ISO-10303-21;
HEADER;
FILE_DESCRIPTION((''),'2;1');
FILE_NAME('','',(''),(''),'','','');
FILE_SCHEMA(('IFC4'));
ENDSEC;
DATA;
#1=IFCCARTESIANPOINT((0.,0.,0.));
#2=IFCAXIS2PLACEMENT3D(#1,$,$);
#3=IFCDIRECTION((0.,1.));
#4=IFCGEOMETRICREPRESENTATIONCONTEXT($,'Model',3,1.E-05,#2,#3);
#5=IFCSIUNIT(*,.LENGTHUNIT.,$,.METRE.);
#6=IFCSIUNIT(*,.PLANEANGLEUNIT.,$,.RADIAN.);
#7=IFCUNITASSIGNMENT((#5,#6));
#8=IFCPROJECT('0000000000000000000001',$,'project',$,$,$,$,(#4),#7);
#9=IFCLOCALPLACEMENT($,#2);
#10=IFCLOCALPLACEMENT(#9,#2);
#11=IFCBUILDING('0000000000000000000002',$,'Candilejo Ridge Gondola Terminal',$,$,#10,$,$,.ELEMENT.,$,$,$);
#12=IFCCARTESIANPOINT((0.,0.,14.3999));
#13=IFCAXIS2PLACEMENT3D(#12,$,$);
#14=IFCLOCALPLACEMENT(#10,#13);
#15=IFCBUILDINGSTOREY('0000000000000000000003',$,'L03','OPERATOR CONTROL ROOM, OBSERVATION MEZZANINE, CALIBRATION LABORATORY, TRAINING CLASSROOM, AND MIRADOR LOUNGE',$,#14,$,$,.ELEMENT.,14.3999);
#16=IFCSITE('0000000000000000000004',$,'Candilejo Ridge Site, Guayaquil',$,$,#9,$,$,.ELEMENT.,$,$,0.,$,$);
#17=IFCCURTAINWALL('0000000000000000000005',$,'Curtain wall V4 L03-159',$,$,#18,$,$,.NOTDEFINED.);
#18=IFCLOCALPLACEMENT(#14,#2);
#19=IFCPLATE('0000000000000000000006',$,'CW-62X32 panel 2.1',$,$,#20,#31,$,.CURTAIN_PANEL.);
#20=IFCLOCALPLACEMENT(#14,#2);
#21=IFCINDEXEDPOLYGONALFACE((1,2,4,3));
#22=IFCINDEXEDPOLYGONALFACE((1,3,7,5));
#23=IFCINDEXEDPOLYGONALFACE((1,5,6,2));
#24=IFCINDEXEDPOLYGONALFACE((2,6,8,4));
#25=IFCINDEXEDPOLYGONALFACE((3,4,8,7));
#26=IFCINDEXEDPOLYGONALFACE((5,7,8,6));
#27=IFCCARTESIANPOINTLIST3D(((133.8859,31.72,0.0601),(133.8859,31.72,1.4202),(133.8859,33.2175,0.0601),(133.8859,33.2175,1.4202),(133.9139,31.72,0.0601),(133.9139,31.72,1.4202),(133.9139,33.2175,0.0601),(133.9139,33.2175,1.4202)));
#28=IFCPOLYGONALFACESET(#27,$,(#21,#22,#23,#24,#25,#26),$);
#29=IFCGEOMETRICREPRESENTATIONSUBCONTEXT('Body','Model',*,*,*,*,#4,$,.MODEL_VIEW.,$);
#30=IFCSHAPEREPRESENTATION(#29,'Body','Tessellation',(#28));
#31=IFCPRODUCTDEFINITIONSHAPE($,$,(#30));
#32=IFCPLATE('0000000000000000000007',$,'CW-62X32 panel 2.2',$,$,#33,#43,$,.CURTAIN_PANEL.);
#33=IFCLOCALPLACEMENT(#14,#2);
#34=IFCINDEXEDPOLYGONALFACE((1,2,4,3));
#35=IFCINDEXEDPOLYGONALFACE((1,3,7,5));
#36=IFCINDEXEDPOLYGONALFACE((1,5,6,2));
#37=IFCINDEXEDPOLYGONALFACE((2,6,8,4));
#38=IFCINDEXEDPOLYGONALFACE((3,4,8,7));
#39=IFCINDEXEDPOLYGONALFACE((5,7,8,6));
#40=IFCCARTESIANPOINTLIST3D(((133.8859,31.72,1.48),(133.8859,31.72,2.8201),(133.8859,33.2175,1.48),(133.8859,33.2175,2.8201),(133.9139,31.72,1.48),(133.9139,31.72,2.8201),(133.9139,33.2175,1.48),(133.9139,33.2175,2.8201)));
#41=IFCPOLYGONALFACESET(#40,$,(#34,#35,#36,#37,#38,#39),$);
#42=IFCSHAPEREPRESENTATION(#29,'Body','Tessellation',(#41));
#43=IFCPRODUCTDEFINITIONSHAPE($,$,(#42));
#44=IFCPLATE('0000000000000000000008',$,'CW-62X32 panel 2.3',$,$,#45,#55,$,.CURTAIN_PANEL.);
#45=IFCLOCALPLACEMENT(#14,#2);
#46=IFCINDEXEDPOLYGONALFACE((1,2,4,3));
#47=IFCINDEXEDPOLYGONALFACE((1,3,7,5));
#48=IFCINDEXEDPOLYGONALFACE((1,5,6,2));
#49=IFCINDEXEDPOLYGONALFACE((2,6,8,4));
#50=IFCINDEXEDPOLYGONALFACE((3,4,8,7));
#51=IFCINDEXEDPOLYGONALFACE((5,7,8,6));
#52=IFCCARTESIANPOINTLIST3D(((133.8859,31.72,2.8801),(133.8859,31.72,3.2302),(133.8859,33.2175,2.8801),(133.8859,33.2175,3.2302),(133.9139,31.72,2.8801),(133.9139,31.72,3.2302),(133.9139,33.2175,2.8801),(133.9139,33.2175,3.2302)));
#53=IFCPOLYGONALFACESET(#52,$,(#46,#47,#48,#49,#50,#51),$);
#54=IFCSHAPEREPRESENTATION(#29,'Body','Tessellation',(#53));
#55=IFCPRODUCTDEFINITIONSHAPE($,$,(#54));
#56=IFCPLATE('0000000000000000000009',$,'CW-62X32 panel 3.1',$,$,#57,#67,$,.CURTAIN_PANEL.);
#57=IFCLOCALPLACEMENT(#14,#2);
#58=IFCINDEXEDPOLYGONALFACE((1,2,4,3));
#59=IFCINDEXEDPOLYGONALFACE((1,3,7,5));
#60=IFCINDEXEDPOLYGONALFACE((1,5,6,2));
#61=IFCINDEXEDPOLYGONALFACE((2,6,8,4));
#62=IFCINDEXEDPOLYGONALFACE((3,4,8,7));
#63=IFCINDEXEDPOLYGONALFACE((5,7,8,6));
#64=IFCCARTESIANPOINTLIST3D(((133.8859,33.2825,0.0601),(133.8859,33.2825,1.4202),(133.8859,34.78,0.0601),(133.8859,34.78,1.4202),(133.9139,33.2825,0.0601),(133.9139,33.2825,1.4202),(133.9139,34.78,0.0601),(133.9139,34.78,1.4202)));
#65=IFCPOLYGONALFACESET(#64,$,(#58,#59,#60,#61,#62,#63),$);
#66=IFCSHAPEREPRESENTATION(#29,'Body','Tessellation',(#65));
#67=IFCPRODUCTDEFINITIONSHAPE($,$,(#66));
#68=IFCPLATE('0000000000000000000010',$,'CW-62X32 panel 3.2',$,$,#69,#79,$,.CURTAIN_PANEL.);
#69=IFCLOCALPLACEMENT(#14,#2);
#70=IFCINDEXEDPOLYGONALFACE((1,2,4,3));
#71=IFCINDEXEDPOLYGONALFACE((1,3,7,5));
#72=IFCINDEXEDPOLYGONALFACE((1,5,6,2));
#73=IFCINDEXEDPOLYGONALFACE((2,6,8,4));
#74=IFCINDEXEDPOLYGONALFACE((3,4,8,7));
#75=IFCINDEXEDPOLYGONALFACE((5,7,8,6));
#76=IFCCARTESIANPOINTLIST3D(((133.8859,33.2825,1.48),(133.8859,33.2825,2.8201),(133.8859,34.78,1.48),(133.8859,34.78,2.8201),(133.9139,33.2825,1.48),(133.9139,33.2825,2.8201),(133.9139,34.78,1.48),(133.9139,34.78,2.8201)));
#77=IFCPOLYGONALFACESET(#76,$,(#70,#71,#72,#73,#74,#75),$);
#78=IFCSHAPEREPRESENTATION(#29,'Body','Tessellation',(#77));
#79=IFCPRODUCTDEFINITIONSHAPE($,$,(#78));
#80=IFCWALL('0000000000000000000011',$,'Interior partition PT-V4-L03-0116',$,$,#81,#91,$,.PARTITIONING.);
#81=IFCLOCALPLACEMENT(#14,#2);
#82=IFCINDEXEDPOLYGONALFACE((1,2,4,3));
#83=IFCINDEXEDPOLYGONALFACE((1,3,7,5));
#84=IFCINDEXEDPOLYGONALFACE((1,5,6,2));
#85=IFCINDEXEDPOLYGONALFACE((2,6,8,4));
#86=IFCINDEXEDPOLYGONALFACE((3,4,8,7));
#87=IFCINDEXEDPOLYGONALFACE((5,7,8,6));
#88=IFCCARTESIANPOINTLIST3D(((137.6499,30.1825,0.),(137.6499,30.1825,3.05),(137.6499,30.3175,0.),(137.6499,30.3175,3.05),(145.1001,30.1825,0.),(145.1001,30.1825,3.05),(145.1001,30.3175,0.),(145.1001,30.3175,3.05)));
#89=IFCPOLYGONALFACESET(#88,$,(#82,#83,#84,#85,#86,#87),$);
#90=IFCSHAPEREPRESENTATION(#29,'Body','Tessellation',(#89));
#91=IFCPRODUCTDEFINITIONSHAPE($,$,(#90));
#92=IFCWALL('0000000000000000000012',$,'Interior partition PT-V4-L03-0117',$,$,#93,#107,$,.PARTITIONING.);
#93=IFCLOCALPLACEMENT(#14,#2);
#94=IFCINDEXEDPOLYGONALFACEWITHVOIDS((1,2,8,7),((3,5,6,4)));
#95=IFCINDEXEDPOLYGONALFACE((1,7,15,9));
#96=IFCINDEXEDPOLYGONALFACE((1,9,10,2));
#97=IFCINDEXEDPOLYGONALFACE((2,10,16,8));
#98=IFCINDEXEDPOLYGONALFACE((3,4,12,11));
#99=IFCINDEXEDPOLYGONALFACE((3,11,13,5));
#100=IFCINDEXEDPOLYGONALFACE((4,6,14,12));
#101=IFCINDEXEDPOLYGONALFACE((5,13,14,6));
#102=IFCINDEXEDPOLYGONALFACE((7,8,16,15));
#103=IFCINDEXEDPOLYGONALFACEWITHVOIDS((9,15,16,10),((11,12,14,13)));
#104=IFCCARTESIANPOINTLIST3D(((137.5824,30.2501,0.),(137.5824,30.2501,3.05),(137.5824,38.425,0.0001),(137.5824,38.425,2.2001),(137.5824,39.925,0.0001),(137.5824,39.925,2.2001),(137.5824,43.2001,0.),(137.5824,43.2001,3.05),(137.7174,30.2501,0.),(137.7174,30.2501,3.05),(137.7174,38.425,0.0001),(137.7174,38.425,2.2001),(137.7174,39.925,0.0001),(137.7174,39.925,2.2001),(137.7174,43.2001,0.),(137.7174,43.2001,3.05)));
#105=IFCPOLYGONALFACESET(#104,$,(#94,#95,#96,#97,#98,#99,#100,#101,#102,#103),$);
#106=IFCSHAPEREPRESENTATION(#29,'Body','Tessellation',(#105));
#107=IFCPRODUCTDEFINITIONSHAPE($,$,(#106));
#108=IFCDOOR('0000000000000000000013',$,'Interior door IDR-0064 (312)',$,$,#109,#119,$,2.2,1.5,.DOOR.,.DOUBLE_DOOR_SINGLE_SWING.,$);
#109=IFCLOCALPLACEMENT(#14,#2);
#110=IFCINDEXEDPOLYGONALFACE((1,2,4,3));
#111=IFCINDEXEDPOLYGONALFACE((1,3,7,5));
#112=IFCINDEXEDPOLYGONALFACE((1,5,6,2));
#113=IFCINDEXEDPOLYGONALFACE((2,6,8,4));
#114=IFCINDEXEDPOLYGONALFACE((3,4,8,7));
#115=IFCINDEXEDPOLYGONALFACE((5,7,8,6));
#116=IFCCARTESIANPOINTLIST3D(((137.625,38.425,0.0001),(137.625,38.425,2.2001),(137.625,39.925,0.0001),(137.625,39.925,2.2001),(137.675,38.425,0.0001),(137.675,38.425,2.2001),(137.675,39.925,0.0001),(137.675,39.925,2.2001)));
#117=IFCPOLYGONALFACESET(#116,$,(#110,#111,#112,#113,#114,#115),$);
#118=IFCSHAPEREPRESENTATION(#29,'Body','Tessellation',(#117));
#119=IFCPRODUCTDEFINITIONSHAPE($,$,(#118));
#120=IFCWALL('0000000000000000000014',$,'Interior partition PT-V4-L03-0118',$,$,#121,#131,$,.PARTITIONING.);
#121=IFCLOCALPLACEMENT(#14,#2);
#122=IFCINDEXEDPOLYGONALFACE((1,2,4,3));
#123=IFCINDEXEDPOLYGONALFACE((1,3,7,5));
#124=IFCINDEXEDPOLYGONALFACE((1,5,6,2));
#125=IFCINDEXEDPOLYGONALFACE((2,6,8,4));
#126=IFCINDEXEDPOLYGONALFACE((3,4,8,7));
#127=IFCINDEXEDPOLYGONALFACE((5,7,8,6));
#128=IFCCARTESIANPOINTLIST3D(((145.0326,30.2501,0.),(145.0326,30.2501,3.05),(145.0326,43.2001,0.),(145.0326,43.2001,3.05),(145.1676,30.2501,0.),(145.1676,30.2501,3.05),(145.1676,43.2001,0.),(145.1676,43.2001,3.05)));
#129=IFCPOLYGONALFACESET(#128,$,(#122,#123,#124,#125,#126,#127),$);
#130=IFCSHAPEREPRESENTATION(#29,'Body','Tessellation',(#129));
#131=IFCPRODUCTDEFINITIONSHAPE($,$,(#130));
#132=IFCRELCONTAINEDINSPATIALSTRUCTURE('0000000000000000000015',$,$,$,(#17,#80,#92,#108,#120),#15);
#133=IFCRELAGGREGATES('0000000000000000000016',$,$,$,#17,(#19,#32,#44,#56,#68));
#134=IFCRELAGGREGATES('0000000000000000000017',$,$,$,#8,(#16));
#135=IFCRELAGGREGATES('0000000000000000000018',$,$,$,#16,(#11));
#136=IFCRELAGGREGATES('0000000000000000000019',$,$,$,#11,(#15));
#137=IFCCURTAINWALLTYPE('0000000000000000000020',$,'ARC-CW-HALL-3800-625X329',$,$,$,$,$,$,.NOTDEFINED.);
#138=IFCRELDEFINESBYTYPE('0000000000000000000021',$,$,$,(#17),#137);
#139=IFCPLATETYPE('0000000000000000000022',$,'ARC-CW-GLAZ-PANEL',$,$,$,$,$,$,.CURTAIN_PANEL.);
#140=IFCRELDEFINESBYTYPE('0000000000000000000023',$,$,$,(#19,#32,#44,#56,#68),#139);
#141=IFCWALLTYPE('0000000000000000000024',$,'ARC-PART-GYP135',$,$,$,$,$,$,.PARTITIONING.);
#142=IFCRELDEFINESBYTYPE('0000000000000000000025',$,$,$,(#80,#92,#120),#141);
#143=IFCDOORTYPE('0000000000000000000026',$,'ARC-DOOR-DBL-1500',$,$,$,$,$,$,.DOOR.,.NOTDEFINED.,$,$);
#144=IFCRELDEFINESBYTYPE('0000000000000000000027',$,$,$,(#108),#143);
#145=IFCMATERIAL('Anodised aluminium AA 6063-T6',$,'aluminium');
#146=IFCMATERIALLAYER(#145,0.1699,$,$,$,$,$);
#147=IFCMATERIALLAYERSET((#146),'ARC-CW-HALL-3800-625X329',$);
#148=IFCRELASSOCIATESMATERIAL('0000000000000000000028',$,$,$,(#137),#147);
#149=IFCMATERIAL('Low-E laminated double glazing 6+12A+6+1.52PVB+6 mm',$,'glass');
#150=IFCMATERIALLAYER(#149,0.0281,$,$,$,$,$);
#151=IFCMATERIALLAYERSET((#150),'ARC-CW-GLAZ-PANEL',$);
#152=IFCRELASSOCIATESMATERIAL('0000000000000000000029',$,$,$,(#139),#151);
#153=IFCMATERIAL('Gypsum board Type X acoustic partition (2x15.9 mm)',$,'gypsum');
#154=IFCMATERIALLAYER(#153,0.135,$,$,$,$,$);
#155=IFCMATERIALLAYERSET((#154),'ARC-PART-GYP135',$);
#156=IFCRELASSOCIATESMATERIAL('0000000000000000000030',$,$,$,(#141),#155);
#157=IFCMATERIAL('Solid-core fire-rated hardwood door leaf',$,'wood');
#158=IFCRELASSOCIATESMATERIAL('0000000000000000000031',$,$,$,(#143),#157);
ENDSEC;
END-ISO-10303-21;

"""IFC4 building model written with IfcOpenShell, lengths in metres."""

from ifc_helpers import new_model, si_unit, direction, frame, frame_2d, origin, origin_2d, place, context, subcontext, project, spatial, rectangle, extrude, material, layer, layer_set, type_object, element, fill, aggregate, save


model = new_model("IFC4")

# Units and contexts
model_context = context("Model", 3, precision=1e-05, world=origin(), true_north=direction((0.0, 1.0)))
body_context = subcontext(model_context, "Body", "Model", "MODEL_VIEW")
ifc_project = project(units=[si_unit("LENGTHUNIT", "METRE"), si_unit("PLANEANGLEUNIT", "RADIAN")], contexts=[model_context])

# Site, building, storey
site_placement = place(None, origin())
site = spatial("IfcSite", under=ifc_project, at=site_placement, Name="Candilejo Ridge Site, Guayaquil", CompositionType="ELEMENT", RefElevation=0.0)
building_placement = place(site_placement, origin())
building = spatial("IfcBuilding", under=site, at=building_placement, Name="Candilejo Ridge Gondola Terminal", CompositionType="ELEMENT")
storey_placement = place(building_placement, frame((0.0, 0.0, 14.3999)))
storey = spatial("IfcBuildingStorey", under=building, at=storey_placement, Name="L03", Description="OPERATOR CONTROL ROOM, OBSERVATION MEZZANINE, CALIBRATION LABORATORY, TRAINING CLASSROOM, AND MIRADOR LOUNGE", CompositionType="ELEMENT", Elevation=14.3999)

# Curtain wall
ifc_material_1 = material(Name="Anodised aluminium AA 6063-T6", Category="aluminium")
ifc_layer_1 = layer(ifc_material_1, 0.1699)
ifc_layer_set_1 = layer_set([ifc_layer_1], Name="ARC-CW-HALL-3800-625X329")
curtain_wall_type = type_object("IfcCurtainWallType", Name="ARC-CW-HALL-3800-625X329", PredefinedType="NOTDEFINED", material=ifc_layer_set_1)
curtain_wall_placement = place(storey_placement, origin())
curtain_wall = element("IfcCurtainWall", 1, at=curtain_wall_placement, inside=storey, type_object=curtain_wall_type, Name="Curtain wall V4 L03-159", PredefinedType="NOTDEFINED")

# Plates
ifc_material_2 = material(Name="Low-E laminated double glazing 6+12A+6+1.52PVB+6 mm", Category="glass")
ifc_layer_2 = layer(ifc_material_2, 0.0281)
ifc_layer_set_2 = layer_set([ifc_layer_2], Name="ARC-CW-GLAZ-PANEL")
plate_type = type_object("IfcPlateType", Name="ARC-CW-GLAZ-PANEL", PredefinedType="CURTAIN_PANEL", material=ifc_layer_set_2)
plate_1_placement = place(storey_placement, frame((133.8999, 32.4688, 0.0601), z_axis=(0.0, 0.0, 1.0), x_axis=(0.0, 1.0, 0.0)))
plate_1 = element("IfcPlate", 2, at=plate_1_placement, type_object=plate_type, Name="CW-62X32 panel 2.1", PredefinedType="CURTAIN_PANEL", context=body_context, shape_type="SweptSolid", body=[
    extrude(rectangle(XDim=1.4976, YDim=0.0281, at=origin_2d()), origin(), (0.0, 0.0, 1.0), 1.3601),
])
plate_2_placement = place(storey_placement, frame((133.8999, 32.4688, 1.48), z_axis=(0.0, 0.0, 1.0), x_axis=(0.0, 1.0, 0.0)))
plate_2 = element("IfcPlate", 3, at=plate_2_placement, type_object=plate_type, Name="CW-62X32 panel 2.2", PredefinedType="CURTAIN_PANEL", context=body_context, shape_type="SweptSolid", body=[
    extrude(rectangle(XDim=1.4976, YDim=0.0281, at=origin_2d()), origin(), (0.0, 0.0, 1.0), 1.3401),
])
plate_3_placement = place(storey_placement, frame((133.8999, 32.4688, 2.8801), z_axis=(0.0, 0.0, 1.0), x_axis=(0.0, 1.0, 0.0)))
plate_3 = element("IfcPlate", 4, at=plate_3_placement, type_object=plate_type, Name="CW-62X32 panel 2.3", PredefinedType="CURTAIN_PANEL", context=body_context, shape_type="SweptSolid", body=[
    extrude(rectangle(XDim=1.4976, YDim=0.0281, at=origin_2d()), origin(), (0.0, 0.0, 1.0), 0.3501),
])
plate_4_placement = place(storey_placement, frame((133.8999, 34.0312, 0.0601), z_axis=(0.0, 0.0, 1.0), x_axis=(0.0, 1.0, 0.0)))
plate_4 = element("IfcPlate", 5, at=plate_4_placement, type_object=plate_type, Name="CW-62X32 panel 3.1", PredefinedType="CURTAIN_PANEL", context=body_context, shape_type="SweptSolid", body=[
    extrude(rectangle(XDim=1.4976, YDim=0.0281, at=origin_2d()), origin(), (0.0, 0.0, 1.0), 1.3601),
])
plate_5_placement = place(storey_placement, frame((133.8999, 34.0312, 1.48), z_axis=(0.0, 0.0, 1.0), x_axis=(0.0, 1.0, 0.0)))
plate_5 = element("IfcPlate", 6, at=plate_5_placement, type_object=plate_type, Name="CW-62X32 panel 3.2", PredefinedType="CURTAIN_PANEL", context=body_context, shape_type="SweptSolid", body=[
    extrude(rectangle(XDim=1.4976, YDim=0.0281, at=origin_2d()), origin(), (0.0, 0.0, 1.0), 1.3401),
])
aggregate(curtain_wall, [plate_1, plate_2, plate_3, plate_4, plate_5])

# Wall
ifc_material_3 = material(Name="Gypsum board Type X acoustic partition (2x15.9 mm)", Category="gypsum")
ifc_layer_3 = layer(ifc_material_3, 0.135)
ifc_layer_set_3 = layer_set([ifc_layer_3], Name="ARC-PART-GYP135")
wall_type = type_object("IfcWallType", Name="ARC-PART-GYP135", PredefinedType="PARTITIONING", material=ifc_layer_set_3)
wall_1_placement = place(storey_placement, frame((137.6499, 30.25, 0.0), z_axis=(0.0, 0.0, 1.0), x_axis=(1.0, 0.0, 0.0)))
element("IfcWall", 7, at=wall_1_placement, inside=storey, type_object=wall_type, Name="Interior partition PT-V4-L03-0116", PredefinedType="PARTITIONING", context=body_context, shape_type="SweptSolid", body=[
    extrude(rectangle(XDim=7.4502, YDim=0.135, at=frame_2d((3.7251, 0.0))), origin(), (0.0, 0.0, 1.0), 3.05),
])

# Wall, opening, door
wall_2_placement = place(storey_placement, frame((137.6499, 30.25, 0.0), z_axis=(0.0, 0.0, 1.0), x_axis=(0.0, 1.0, 0.0)))
wall_2 = element("IfcWall", 8, at=wall_2_placement, inside=storey, type_object=wall_type, Name="Interior partition PT-V4-L03-0117", PredefinedType="PARTITIONING", context=body_context, shape_type="SweptSolid", body=[
    extrude(rectangle(XDim=12.95, YDim=0.135, at=frame_2d((6.4751, 0.0))), origin(), (0.0, 0.0, 1.0), 3.05),
])
opening_placement = place(wall_2_placement, frame((8.175, 0.0, 0.0)))
opening = element("IfcOpeningElement", 9, at=opening_placement, cuts=wall_2, PredefinedType="OPENING", context=body_context, shape_type="SweptSolid", body=[
    extrude(rectangle(XDim=1.5, YDim=2.2, at=frame_2d((0.75, 1.1001))), frame((0.0, 0.0774, 0.0), z_axis=(0.0, -1.0, 0.0), x_axis=(1.0, 0.0, 0.0)), (0.0, 0.0, 1.0), 0.155),
])
ifc_material_4 = material(Name="Solid-core fire-rated hardwood door leaf", Category="wood")
door_type = type_object("IfcDoorType", Name="ARC-DOOR-DBL-1500", OperationType="NOTDEFINED", PredefinedType="DOOR", material=ifc_material_4)
door_placement = place(opening_placement, origin())
door = element("IfcDoor", 10, at=door_placement, inside=storey, type_object=door_type, Name="Interior door IDR-0064 (312)", OperationType="DOUBLE_DOOR_SINGLE_SWING", OverallHeight=2.2, OverallWidth=1.5, PredefinedType="DOOR", context=body_context, shape_type="SweptSolid", body=[
    extrude(rectangle(XDim=1.5, YDim=2.2, at=frame_2d((0.75, 1.1001))), frame((0.0, 0.0249, 0.0), z_axis=(0.0, -1.0, 0.0), x_axis=(1.0, 0.0, 0.0)), (0.0, 0.0, 1.0), 0.05),
])
fill(opening, door)

# Wall
wall_3_placement = place(storey_placement, frame((145.1001, 30.25, 0.0), z_axis=(0.0, 0.0, 1.0), x_axis=(0.0, 1.0, 0.0)))
element("IfcWall", 11, at=wall_3_placement, inside=storey, type_object=wall_type, Name="Interior partition PT-V4-L03-0118", PredefinedType="PARTITIONING", context=body_context, shape_type="SweptSolid", body=[
    extrude(rectangle(XDim=12.95, YDim=0.135, at=frame_2d((6.4751, 0.0))), origin(), (0.0, 0.0, 1.0), 3.05),
])

save(model, "model.ifc")
